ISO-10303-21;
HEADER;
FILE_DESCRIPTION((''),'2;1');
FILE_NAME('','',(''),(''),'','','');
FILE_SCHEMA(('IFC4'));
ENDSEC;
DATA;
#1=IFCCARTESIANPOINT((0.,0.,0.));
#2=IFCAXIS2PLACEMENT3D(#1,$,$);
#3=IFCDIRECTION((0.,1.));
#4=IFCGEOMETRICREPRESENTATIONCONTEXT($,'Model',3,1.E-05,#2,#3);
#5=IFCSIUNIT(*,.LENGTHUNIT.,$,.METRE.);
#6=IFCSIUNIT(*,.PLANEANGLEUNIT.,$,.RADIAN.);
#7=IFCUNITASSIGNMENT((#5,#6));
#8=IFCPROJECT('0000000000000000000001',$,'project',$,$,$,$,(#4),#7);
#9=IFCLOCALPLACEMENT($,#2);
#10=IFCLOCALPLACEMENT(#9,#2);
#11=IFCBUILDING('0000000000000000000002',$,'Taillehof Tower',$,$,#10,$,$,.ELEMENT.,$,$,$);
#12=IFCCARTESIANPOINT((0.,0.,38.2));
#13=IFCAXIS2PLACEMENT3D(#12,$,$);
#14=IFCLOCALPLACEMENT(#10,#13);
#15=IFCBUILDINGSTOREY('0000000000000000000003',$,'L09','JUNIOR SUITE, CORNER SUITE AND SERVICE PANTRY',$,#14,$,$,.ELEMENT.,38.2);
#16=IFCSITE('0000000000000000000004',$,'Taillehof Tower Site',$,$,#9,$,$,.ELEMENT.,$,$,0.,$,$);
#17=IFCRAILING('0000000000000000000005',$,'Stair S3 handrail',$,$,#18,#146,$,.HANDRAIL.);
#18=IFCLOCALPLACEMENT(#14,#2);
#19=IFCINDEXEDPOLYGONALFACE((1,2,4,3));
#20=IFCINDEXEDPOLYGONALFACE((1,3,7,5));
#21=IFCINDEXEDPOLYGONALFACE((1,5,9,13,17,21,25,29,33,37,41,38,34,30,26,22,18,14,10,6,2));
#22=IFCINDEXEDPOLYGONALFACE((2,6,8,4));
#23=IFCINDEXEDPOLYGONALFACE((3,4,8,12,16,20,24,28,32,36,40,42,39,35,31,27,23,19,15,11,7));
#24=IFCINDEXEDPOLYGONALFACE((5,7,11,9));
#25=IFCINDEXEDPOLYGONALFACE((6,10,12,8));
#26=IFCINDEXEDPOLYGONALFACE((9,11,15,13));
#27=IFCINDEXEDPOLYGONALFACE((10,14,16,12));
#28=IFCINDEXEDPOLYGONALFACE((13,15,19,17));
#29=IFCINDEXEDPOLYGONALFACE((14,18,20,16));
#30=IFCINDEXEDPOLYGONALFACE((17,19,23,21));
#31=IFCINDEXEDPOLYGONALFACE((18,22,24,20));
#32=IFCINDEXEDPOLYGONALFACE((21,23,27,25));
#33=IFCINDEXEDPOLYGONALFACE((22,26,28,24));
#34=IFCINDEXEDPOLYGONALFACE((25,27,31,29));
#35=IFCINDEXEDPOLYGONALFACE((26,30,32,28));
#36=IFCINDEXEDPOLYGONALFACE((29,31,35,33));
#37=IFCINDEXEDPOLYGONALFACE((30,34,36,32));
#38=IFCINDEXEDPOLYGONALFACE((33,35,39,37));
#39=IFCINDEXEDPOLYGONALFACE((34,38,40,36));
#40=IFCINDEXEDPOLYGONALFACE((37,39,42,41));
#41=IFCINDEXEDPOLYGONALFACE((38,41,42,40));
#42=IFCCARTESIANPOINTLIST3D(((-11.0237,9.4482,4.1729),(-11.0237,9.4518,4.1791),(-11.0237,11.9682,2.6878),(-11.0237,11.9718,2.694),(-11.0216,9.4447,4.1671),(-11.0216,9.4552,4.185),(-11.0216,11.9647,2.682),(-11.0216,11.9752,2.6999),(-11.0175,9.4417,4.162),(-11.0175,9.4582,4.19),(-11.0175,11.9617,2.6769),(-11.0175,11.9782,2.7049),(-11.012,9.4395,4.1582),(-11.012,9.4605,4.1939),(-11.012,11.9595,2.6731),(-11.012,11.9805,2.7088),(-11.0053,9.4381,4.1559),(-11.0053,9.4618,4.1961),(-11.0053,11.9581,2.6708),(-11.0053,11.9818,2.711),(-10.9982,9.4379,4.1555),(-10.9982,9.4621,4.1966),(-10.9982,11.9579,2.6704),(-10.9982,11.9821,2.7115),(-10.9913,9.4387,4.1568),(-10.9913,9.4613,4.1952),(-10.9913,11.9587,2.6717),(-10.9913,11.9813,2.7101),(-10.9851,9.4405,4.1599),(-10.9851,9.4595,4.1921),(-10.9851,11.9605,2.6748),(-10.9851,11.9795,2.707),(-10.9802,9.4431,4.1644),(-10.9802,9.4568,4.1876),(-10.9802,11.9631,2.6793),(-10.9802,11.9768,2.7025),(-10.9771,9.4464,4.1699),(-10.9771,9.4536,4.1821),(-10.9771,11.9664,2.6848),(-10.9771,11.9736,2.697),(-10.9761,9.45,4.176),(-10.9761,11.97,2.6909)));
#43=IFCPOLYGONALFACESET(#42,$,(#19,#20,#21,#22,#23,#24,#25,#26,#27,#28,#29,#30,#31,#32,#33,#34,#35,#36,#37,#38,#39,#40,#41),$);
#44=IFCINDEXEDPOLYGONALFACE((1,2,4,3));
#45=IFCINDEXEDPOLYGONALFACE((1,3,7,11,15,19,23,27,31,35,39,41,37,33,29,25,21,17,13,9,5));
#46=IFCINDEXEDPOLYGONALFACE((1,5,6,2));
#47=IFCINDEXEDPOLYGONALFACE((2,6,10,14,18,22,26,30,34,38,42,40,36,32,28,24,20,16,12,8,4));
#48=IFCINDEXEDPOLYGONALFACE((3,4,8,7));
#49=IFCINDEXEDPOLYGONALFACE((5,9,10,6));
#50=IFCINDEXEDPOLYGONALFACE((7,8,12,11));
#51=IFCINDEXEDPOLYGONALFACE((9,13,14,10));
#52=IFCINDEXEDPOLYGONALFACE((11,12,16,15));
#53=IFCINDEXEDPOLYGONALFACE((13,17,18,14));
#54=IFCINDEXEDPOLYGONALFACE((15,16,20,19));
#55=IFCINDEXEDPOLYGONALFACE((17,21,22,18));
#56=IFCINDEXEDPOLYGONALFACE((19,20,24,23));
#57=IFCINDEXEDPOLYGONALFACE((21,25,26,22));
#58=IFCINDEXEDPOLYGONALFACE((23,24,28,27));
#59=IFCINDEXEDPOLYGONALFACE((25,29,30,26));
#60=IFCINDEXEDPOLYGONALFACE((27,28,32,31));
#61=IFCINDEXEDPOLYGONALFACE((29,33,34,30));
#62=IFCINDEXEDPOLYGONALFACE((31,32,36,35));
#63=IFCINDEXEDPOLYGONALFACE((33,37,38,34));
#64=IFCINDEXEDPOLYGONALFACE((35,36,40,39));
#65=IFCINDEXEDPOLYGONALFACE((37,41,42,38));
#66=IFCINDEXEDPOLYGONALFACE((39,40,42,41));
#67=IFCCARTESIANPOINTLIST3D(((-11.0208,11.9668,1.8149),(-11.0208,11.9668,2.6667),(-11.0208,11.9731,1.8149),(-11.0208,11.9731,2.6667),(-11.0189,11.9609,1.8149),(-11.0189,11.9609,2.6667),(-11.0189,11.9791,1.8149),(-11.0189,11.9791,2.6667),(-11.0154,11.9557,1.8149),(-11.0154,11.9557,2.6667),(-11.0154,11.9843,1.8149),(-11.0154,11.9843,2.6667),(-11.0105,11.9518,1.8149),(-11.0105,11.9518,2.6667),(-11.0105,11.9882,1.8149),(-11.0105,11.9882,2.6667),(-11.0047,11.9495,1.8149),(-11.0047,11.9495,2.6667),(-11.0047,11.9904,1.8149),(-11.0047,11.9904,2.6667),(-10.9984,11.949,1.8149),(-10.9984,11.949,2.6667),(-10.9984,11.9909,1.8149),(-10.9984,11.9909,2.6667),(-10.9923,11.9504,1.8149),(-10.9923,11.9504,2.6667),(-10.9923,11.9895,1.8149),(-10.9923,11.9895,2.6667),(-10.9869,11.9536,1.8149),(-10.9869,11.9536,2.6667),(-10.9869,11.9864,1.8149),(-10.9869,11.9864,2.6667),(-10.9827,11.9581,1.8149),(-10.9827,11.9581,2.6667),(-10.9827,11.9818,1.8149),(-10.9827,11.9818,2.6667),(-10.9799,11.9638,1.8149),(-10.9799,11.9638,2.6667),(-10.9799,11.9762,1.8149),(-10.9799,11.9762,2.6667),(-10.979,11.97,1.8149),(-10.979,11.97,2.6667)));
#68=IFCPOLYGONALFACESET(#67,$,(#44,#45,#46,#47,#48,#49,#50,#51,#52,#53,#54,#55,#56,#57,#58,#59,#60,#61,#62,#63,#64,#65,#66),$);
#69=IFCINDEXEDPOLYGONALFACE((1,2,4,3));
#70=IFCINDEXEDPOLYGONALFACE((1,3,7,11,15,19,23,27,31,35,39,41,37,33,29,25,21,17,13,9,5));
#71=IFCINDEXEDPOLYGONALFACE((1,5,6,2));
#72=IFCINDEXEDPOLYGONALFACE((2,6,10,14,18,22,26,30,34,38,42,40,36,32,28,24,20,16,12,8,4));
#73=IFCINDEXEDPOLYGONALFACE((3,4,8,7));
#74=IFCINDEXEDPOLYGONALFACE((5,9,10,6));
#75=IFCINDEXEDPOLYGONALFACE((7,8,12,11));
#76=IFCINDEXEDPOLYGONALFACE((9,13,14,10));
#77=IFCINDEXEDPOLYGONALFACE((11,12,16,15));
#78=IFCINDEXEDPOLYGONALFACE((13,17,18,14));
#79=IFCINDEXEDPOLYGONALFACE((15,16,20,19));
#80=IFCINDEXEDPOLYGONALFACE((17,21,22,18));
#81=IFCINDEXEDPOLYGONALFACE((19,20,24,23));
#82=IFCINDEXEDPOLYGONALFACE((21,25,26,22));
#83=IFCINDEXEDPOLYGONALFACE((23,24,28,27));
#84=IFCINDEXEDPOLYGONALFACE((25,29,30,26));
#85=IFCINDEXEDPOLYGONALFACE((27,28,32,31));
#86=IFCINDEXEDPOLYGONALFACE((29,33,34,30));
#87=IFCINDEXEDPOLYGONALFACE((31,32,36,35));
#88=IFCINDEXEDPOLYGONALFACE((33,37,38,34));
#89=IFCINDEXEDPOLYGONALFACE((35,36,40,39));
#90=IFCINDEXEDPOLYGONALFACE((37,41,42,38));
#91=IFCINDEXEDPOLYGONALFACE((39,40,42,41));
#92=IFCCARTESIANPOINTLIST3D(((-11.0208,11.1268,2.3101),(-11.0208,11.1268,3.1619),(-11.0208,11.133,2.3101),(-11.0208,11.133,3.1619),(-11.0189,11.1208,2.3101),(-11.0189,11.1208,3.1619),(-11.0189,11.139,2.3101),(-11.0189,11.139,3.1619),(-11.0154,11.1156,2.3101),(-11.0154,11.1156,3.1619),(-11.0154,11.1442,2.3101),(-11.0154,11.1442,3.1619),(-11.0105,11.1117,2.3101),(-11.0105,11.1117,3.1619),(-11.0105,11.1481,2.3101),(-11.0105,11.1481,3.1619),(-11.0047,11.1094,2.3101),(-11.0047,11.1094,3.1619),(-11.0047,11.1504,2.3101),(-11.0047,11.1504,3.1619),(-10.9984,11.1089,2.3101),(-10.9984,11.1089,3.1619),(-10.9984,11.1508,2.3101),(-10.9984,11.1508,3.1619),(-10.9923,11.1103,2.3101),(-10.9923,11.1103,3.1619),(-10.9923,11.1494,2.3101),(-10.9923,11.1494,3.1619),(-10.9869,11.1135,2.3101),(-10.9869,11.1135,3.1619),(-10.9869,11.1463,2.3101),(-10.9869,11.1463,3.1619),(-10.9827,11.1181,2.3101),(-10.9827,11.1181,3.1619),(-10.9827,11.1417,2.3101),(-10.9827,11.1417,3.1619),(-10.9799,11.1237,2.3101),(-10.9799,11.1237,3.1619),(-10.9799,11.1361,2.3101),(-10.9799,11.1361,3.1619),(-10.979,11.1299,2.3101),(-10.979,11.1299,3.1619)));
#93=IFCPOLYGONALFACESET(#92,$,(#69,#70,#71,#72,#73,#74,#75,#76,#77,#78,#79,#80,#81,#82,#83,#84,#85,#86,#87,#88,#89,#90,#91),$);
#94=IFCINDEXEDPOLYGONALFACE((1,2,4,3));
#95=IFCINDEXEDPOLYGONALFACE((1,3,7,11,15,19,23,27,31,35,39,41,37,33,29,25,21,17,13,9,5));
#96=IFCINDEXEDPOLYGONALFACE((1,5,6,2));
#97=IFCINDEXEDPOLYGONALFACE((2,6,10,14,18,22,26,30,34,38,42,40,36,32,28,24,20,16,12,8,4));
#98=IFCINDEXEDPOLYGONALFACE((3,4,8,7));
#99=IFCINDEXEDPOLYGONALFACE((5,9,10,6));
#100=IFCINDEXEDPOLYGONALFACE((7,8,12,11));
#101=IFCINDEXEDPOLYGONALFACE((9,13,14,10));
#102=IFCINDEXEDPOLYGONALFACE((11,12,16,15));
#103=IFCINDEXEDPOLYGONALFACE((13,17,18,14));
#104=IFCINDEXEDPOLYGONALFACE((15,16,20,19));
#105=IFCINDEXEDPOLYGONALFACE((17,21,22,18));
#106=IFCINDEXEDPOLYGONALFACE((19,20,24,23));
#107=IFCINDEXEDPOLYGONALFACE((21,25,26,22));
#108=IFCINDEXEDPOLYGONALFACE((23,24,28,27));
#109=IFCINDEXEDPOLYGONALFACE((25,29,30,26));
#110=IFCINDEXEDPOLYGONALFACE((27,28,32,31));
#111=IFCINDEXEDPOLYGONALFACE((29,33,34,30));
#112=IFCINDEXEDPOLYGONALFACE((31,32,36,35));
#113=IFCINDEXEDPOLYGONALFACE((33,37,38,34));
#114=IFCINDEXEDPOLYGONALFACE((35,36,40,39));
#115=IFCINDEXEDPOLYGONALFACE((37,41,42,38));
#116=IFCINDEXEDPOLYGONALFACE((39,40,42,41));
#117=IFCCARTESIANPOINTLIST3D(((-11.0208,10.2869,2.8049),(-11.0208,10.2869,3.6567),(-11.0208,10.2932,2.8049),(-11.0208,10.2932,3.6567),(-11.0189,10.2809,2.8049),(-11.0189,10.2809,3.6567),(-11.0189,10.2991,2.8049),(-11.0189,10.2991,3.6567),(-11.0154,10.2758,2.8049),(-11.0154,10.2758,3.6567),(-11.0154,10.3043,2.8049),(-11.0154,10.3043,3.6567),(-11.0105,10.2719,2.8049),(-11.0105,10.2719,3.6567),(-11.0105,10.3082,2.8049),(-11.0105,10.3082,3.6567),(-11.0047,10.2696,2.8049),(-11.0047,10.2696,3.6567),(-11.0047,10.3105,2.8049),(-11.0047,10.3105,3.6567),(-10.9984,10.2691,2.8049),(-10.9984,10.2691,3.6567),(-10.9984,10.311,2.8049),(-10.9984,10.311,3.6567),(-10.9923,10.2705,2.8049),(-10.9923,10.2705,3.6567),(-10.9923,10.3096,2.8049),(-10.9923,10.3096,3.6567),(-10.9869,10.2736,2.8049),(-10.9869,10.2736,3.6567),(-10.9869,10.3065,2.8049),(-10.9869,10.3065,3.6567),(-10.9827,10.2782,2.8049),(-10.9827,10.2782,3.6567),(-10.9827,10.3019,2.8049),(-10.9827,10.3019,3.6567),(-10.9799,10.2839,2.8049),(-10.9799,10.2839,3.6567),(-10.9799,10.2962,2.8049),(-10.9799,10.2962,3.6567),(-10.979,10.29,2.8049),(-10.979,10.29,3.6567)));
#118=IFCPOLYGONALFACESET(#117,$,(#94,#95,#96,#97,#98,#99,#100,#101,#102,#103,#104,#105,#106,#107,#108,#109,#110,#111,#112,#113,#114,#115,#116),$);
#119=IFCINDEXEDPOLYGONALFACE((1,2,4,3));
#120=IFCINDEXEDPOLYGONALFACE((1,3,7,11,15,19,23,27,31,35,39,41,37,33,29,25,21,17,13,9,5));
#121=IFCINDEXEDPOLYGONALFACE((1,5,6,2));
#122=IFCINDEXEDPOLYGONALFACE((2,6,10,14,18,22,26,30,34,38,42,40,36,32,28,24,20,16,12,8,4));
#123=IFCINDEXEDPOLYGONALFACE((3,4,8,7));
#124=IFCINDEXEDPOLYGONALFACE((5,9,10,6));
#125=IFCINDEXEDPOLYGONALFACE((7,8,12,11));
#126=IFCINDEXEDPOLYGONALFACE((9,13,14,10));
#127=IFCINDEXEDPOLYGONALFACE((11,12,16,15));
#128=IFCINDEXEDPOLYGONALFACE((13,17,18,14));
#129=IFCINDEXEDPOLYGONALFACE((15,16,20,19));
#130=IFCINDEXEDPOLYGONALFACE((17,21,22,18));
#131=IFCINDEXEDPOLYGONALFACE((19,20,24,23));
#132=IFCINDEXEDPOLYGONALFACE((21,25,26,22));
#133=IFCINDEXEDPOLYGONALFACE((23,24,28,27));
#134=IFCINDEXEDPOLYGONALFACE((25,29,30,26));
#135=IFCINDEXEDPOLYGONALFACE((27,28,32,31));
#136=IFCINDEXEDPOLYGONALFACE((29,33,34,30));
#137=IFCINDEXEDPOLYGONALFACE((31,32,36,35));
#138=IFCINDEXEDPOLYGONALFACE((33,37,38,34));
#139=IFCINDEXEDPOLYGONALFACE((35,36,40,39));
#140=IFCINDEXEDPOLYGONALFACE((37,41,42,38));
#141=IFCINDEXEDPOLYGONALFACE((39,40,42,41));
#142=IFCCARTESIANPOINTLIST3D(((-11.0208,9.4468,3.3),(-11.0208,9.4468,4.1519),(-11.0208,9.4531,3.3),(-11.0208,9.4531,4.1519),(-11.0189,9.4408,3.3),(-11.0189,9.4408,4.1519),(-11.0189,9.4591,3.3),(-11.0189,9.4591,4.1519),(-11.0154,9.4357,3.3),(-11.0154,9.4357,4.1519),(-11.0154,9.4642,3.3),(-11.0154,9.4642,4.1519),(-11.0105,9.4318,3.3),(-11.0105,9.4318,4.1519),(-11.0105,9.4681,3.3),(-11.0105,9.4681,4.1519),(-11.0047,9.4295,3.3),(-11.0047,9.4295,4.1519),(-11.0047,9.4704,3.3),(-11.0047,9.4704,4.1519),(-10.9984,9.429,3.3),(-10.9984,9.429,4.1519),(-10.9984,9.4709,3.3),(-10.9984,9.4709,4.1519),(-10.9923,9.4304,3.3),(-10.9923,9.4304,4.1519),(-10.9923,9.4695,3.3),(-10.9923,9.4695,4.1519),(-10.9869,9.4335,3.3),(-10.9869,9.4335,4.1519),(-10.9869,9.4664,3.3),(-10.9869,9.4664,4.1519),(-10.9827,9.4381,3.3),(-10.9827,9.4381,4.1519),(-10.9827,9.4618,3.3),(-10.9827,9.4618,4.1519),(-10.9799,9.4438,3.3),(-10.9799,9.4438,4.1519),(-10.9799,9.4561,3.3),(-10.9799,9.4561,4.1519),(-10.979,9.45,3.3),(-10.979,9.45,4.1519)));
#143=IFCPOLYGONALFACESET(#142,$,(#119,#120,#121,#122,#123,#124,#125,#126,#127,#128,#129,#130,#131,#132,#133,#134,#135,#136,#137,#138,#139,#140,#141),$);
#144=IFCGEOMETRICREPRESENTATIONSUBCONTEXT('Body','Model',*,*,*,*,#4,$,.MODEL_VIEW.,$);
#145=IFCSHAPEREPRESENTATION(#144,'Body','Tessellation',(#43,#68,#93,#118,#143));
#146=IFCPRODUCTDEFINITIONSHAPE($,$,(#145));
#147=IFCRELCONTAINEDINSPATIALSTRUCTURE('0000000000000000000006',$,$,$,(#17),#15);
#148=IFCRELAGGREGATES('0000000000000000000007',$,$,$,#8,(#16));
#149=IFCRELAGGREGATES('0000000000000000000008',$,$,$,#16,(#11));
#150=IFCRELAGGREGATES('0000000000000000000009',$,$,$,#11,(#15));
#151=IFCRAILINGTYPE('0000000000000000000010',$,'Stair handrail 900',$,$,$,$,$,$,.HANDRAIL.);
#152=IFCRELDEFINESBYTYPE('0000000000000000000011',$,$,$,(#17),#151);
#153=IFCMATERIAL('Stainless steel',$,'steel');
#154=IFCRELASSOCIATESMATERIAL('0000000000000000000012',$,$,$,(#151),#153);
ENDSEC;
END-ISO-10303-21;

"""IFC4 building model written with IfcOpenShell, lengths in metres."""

from ifc_helpers import new_model, si_unit, direction, frame, origin, origin_2d, place, context, subcontext, project, spatial, circle, extrude, material, type_object, element, save


model = new_model("IFC4")

# Units and contexts
model_context = context("Model", 3, precision=1e-05, world=origin(), true_north=direction((0.0, 1.0)))
body_context = subcontext(model_context, "Body", "Model", "MODEL_VIEW")
ifc_project = project(units=[si_unit("LENGTHUNIT", "METRE"), si_unit("PLANEANGLEUNIT", "RADIAN")], contexts=[model_context])

# Site, building, storey
site_placement = place(None, origin())
site = spatial("IfcSite", under=ifc_project, at=site_placement, Name="Taillehof Tower Site", CompositionType="ELEMENT", RefElevation=0.0)
building_placement = place(site_placement, origin())
building = spatial("IfcBuilding", under=site, at=building_placement, Name="Taillehof Tower", CompositionType="ELEMENT")
storey_placement = place(building_placement, frame((0.0, 0.0, 38.2)))
storey = spatial("IfcBuildingStorey", under=building, at=storey_placement, Name="L09", Description="JUNIOR SUITE, CORNER SUITE AND SERVICE PANTRY", CompositionType="ELEMENT", Elevation=38.2)

# Railing
ifc_material_1 = material(Name="Stainless steel", Category="steel")
railing_type = type_object("IfcRailingType", Name="Stair handrail 900", PredefinedType="HANDRAIL", material=ifc_material_1)
railing_placement = place(storey_placement, frame((-11.0, 11.97, 1.8149)))
element("IfcRailing", 1, at=railing_placement, inside=storey, type_object=railing_type, Name="Stair S3 handrail", PredefinedType="HANDRAIL", context=body_context, shape_type="SweptSolid", body=[
    extrude(circle(Radius=0.0239, at=origin_2d()), frame((0.0, 0.0, 0.876), z_axis=(0.0, -0.861524, 0.507717), x_axis=(1.0, 0.0, 0.0)), (0.0, 0.0, 1.0), 2.925),
    extrude(circle(Radius=0.021, at=origin_2d()), origin(), (0.0, 0.0, 1.0), 0.8518),
    extrude(circle(Radius=0.021, at=origin_2d()), frame((0.0, -0.8401, 0.4951)), (0.0, 0.0, 1.0), 0.8518),
    extrude(circle(Radius=0.021, at=origin_2d()), frame((0.0, -1.6799, 0.99)), (0.0, 0.0, 1.0), 0.8518),
    extrude(circle(Radius=0.021, at=origin_2d()), frame((0.0, -2.52, 1.4851)), (0.0, 0.0, 1.0), 0.8518),
])

save(model, "model.ifc")
